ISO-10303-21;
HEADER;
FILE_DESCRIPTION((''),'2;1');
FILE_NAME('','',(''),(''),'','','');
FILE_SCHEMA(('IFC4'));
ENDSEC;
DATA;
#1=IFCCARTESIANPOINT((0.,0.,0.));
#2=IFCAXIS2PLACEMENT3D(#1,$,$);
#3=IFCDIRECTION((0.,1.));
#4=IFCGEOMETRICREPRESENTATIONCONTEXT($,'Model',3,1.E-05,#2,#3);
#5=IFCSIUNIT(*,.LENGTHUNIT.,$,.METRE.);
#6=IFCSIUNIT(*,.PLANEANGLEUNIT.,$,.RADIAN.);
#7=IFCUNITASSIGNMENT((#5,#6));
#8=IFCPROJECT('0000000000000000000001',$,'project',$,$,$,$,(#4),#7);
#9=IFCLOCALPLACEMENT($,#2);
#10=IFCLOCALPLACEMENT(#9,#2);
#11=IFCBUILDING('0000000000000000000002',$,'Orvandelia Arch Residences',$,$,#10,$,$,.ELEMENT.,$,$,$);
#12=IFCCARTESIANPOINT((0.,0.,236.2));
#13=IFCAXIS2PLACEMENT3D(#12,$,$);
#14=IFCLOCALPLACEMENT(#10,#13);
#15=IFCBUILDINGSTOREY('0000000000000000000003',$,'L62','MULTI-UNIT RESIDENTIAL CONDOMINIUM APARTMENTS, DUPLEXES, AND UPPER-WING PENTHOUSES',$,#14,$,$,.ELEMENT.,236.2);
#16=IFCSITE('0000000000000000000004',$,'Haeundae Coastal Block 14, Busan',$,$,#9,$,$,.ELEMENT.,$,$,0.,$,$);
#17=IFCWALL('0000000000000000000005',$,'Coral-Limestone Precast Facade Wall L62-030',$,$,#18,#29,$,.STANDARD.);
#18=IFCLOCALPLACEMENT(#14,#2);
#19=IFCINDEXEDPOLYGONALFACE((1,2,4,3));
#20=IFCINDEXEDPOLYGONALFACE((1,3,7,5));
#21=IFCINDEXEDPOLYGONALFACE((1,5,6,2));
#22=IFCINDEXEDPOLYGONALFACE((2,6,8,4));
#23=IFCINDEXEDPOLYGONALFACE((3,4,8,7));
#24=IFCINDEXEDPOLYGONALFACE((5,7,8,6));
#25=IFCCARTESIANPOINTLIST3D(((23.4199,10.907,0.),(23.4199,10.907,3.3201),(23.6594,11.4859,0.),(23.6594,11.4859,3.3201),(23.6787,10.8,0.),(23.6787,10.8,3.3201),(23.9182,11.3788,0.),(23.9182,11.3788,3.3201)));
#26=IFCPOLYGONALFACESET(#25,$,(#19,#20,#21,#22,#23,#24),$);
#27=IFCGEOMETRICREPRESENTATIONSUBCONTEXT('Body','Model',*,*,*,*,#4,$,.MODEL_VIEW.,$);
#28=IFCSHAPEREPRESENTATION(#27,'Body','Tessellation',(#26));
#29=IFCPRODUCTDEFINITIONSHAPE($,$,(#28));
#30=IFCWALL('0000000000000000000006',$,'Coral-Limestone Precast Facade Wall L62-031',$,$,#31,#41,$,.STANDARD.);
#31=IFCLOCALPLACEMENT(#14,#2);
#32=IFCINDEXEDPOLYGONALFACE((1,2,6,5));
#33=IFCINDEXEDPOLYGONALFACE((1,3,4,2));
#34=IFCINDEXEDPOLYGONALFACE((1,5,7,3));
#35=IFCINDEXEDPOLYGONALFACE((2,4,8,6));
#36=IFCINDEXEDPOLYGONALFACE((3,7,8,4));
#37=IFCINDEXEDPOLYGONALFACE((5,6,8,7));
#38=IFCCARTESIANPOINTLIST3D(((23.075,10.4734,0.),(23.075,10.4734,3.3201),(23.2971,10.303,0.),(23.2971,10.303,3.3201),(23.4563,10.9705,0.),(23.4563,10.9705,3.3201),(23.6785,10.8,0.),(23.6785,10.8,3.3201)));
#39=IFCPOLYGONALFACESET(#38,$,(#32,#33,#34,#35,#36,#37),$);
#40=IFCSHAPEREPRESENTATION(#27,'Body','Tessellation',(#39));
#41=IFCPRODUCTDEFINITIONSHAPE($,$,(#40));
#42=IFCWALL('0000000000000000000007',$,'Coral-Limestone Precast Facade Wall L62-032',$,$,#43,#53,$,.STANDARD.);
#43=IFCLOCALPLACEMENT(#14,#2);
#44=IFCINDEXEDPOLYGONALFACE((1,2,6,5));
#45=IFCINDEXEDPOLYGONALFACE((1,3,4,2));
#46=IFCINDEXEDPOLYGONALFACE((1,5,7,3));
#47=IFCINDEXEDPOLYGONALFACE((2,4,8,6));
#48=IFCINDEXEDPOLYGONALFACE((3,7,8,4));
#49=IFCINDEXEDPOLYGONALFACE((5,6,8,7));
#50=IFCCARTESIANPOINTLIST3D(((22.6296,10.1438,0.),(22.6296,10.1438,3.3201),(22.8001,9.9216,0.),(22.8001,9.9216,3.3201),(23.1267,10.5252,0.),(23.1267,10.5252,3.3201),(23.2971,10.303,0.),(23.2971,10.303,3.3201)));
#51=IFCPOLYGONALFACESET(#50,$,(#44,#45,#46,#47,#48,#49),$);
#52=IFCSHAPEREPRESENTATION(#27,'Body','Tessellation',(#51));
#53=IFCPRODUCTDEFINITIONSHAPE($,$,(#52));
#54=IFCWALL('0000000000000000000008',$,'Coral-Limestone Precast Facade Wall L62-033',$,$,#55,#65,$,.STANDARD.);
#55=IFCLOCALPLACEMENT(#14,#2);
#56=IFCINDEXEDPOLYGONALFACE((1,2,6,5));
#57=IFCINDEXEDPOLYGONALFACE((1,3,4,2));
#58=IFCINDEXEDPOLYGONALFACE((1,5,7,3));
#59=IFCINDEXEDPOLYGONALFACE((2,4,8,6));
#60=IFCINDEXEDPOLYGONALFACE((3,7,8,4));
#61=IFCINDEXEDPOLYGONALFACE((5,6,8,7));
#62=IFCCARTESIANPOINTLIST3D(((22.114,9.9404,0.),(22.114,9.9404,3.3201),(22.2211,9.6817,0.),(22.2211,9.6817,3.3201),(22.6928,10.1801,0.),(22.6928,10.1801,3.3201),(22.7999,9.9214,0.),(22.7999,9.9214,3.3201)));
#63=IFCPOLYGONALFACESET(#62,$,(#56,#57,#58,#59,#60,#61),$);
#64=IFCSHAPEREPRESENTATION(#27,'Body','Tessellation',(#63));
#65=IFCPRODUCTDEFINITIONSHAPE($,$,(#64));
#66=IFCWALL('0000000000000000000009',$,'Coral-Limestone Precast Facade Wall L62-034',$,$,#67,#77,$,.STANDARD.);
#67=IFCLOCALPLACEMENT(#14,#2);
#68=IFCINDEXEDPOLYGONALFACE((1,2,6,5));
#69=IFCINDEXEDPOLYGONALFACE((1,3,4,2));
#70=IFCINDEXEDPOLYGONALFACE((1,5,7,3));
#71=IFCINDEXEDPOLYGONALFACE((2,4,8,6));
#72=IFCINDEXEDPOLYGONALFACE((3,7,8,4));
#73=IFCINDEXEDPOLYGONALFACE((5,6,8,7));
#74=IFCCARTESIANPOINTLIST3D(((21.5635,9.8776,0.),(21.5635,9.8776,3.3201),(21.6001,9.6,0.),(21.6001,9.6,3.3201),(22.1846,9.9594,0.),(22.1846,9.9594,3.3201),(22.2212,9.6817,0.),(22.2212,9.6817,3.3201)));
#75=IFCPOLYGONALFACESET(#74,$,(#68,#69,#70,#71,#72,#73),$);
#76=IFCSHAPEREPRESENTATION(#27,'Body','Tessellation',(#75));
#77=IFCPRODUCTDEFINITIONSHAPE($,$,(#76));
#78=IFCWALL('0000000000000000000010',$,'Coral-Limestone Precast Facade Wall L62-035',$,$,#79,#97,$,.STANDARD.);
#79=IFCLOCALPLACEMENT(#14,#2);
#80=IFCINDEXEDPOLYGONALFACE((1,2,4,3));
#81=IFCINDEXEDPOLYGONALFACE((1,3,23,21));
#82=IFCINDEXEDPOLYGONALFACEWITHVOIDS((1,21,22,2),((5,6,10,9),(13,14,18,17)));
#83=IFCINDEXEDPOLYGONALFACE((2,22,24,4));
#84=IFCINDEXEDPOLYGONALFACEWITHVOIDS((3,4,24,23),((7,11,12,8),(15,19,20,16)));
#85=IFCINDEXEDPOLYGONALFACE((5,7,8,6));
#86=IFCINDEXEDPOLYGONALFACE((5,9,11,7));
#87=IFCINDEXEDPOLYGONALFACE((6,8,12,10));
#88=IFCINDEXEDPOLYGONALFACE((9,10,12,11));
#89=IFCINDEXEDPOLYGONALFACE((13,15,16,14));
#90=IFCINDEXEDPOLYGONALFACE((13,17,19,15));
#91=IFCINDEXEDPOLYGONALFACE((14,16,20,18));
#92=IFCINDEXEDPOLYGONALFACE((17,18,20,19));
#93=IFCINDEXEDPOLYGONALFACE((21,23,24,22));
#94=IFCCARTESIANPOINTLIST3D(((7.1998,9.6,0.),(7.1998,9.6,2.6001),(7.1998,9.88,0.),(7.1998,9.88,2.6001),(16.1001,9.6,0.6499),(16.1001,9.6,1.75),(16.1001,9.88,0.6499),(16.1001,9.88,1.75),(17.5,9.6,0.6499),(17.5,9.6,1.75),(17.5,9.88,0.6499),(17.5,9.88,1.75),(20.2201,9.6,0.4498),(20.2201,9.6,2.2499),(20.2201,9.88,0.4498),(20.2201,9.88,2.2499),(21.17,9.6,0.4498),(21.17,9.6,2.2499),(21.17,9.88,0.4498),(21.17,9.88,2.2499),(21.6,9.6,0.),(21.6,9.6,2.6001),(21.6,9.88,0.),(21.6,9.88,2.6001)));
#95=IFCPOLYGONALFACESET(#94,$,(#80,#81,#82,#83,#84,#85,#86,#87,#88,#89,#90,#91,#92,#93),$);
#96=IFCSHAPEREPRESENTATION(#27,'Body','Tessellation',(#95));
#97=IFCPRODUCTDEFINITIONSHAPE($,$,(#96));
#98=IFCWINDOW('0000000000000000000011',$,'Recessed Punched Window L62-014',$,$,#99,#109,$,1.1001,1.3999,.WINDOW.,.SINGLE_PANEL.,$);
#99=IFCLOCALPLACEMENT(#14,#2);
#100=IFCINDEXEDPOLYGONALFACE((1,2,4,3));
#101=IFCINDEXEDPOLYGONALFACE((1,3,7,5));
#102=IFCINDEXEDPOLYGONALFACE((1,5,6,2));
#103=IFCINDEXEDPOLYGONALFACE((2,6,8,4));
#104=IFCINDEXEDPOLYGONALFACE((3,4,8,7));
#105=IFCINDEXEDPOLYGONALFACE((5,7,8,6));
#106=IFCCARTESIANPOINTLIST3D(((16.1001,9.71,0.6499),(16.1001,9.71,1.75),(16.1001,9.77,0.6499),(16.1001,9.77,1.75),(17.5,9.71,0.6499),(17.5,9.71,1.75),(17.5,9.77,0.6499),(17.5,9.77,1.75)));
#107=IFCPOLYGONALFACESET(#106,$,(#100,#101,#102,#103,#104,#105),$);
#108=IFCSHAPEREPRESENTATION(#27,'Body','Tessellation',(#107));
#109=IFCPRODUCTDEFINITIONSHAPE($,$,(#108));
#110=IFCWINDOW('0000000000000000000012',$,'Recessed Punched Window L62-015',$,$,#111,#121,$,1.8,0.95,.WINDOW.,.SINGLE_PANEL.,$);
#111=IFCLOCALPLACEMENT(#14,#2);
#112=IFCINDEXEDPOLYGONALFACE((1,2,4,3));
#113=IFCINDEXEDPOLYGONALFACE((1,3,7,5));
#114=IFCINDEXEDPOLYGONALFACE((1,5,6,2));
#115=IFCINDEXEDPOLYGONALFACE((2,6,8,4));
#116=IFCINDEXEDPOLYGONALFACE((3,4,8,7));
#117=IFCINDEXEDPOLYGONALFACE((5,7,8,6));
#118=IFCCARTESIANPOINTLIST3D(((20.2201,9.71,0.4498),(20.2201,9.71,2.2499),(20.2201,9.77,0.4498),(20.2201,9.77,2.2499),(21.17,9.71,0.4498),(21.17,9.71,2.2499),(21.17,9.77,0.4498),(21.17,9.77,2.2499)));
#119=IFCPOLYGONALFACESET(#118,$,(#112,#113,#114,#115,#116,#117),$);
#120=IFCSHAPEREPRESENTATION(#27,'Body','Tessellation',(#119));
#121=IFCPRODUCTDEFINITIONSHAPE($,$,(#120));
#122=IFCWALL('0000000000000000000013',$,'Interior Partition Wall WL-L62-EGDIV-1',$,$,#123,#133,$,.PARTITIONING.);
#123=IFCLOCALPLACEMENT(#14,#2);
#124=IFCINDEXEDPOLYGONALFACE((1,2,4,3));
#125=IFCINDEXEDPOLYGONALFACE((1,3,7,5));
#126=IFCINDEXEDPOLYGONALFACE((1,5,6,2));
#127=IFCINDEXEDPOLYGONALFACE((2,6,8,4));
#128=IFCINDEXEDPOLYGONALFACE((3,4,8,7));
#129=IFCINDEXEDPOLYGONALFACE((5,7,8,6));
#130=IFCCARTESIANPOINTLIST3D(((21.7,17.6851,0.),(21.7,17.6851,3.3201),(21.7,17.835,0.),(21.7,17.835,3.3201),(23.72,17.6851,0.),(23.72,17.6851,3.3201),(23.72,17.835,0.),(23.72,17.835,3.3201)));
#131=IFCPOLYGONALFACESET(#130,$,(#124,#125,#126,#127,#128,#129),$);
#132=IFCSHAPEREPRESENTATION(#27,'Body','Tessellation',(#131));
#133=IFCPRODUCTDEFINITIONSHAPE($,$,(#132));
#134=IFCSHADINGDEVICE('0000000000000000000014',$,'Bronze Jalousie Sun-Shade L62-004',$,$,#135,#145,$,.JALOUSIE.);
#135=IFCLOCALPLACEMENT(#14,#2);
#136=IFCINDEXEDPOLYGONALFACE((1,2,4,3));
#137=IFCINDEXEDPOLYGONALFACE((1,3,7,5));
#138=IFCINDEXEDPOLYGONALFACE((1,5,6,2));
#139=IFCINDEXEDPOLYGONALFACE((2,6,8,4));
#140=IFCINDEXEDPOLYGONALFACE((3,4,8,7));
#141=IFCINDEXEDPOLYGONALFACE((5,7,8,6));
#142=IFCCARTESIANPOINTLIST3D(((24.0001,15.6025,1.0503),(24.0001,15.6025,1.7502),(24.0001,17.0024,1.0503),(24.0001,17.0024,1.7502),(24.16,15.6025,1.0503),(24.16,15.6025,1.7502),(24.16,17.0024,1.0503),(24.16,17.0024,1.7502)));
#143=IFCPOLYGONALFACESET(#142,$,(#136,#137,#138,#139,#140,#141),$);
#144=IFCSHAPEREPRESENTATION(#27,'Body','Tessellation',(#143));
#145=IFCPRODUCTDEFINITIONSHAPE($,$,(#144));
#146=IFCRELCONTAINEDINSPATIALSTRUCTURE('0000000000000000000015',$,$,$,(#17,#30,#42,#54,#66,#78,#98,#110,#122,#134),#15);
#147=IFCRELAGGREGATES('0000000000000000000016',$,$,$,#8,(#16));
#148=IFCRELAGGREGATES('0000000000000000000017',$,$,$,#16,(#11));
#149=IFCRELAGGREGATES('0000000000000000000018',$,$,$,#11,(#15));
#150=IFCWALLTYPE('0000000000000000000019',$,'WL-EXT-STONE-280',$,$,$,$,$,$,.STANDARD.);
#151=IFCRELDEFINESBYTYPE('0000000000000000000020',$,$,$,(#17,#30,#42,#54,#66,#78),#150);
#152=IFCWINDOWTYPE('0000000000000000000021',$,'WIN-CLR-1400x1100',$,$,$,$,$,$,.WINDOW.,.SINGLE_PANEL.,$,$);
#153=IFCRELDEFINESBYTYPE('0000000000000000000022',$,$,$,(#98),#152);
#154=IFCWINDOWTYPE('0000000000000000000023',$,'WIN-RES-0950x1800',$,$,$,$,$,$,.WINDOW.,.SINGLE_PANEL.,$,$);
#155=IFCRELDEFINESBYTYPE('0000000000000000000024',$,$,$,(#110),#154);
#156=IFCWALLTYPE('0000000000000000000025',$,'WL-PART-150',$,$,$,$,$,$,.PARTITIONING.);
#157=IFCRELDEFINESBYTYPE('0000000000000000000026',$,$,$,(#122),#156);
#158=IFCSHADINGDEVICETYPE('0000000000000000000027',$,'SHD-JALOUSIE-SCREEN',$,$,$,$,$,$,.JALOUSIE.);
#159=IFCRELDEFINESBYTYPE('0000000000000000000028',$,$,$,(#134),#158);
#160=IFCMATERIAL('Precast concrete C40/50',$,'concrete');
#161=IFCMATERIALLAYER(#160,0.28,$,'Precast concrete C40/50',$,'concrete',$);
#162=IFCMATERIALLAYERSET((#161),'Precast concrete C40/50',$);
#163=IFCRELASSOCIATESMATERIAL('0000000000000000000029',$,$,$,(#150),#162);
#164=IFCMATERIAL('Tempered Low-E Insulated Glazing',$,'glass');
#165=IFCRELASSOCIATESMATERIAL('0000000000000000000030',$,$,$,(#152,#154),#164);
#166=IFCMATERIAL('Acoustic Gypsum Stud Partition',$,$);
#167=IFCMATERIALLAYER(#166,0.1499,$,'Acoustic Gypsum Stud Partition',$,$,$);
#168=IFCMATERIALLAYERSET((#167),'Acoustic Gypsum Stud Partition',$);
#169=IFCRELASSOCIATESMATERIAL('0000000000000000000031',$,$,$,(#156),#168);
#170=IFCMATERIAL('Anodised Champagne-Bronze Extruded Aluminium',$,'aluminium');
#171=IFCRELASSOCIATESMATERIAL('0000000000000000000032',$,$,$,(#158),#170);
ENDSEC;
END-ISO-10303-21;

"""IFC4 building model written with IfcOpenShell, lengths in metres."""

from ifc_helpers import new_model, si_unit, direction, frame, frame_2d, origin, origin_2d, place, context, subcontext, project, spatial, rectangle, extrude, material, layer, layer_set, type_object, element, fill, save


model = new_model("IFC4")

# Units and contexts
model_context = context("Model", 3, precision=1e-05, world=origin(), true_north=direction((0.0, 1.0)))
body_context = subcontext(model_context, "Body", "Model", "MODEL_VIEW")
ifc_project = project(units=[si_unit("LENGTHUNIT", "METRE"), si_unit("PLANEANGLEUNIT", "RADIAN")], contexts=[model_context])

# Site, building, storey
site_placement = place(None, origin())
site = spatial("IfcSite", under=ifc_project, at=site_placement, Name="Haeundae Coastal Block 14, Busan", CompositionType="ELEMENT", RefElevation=0.0)
building_placement = place(site_placement, origin())
building = spatial("IfcBuilding", under=site, at=building_placement, Name="Orvandelia Arch Residences", CompositionType="ELEMENT")
storey_placement = place(building_placement, frame((0.0, 0.0, 236.2)))
storey = spatial("IfcBuildingStorey", under=building, at=storey_placement, Name="L62", Description="MULTI-UNIT RESIDENTIAL CONDOMINIUM APARTMENTS, DUPLEXES, AND UPPER-WING PENTHOUSES", CompositionType="ELEMENT", Elevation=236.2)

# Walls
ifc_material_1 = material(Name="Precast concrete C40/50", Category="concrete")
ifc_layer_1 = layer(ifc_material_1, 0.28, Name="Precast concrete C40/50", Category="concrete")
ifc_layer_set_1 = layer_set([ifc_layer_1], Name="Precast concrete C40/50")
wall_type_1 = type_object("IfcWallType", Name="WL-EXT-STONE-280", PredefinedType="STANDARD", material=ifc_layer_set_1)
for number, where, z_axis, x_axis, name in (
    (1, (23.7888, 11.4324, 0.0), (0.0, 0.0, 1.0), (-0.382317, -0.924031, 0.0), "Coral-Limestone Precast Facade Wall L62-030"),
    (2, (23.5674, 10.8853, 0.0), (0.0, 0.0, 1.0), (-0.608693, -0.793406, 0.0), "Coral-Limestone Precast Facade Wall L62-031"),
    (3, (23.2119, 10.4141, 0.0), (0.0, 0.0, 1.0), (-0.793406, -0.608693, 0.0), "Coral-Limestone Precast Facade Wall L62-032"),
    (4, (22.7463, 10.0508, 0.0), (0.0, 0.0, 1.0), (-0.923893, -0.38265, 0.0), "Coral-Limestone Precast Facade Wall L62-033"),
    (5, (22.2029, 9.8206, 0.0), (0.0, 0.0, 1.0), (-0.991441, -0.130555, 0.0), "Coral-Limestone Precast Facade Wall L62-034"),
):
    element("IfcWall", number, at=place(storey_placement, frame(where, z_axis=z_axis, x_axis=x_axis)), inside=storey, type_object=wall_type_1, Name=name, PredefinedType="STANDARD", context=body_context, shape_type="SweptSolid", body=[
        extrude(rectangle(XDim=0.6265, YDim=0.28, at=frame_2d((0.3132, 0.0))), origin(), (0.0, 0.0, 1.0), 3.3201),
    ])

# Wall, openings, windows
wall_1_placement = place(storey_placement, frame((21.6001, 9.74, 0.0), z_axis=(0.0, 0.0, 1.0), x_axis=(-1.0, 0.0, 0.0)))
wall_1 = element("IfcWall", 6, at=wall_1_placement, inside=storey, type_object=wall_type_1, Name="Coral-Limestone Precast Facade Wall L62-035", PredefinedType="STANDARD", context=body_context, shape_type="SweptSolid", body=[
    extrude(rectangle(XDim=14.4001, YDim=0.28, at=frame_2d((7.2002, 0.0))), origin(), (0.0, 0.0, 1.0), 2.6001),
])
opening_1_placement = place(wall_1_placement, frame((4.1001, 0.0, 0.6499)))
opening_1 = element("IfcOpeningElement", 7, at=opening_1_placement, cuts=wall_1, PredefinedType="OPENING", context=body_context, shape_type="SweptSolid", body=[
    extrude(rectangle(XDim=1.3999, YDim=1.1001, at=frame_2d((0.7, 0.55))), frame((0.0, 0.1499, 0.0), z_axis=(0.0, -1.0, 0.0), x_axis=(1.0, 0.0, 0.0)), (0.0, 0.0, 1.0), 0.3),
])
opening_2_placement = place(wall_1_placement, frame((0.4299, 0.0, 0.45)))
opening_2 = element("IfcOpeningElement", 8, at=opening_2_placement, cuts=wall_1, PredefinedType="OPENING", context=body_context, shape_type="SweptSolid", body=[
    extrude(rectangle(XDim=0.95, YDim=1.8, at=frame_2d((0.4751, 0.8999))), frame((0.0, 0.1499, 0.0), z_axis=(0.0, -1.0, 0.0), x_axis=(1.0, 0.0, 0.0)), (0.0, 0.0, 1.0), 0.3),
])
ifc_material_2 = material(Name="Tempered Low-E Insulated Glazing", Category="glass")
window_type_1 = type_object("IfcWindowType", Name="WIN-CLR-1400x1100", PartitioningType="SINGLE_PANEL", PredefinedType="WINDOW", material=ifc_material_2)
window_1_placement = place(opening_1_placement, origin())
window_1 = element("IfcWindow", 9, at=window_1_placement, inside=storey, type_object=window_type_1, Name="Recessed Punched Window L62-014", OverallHeight=1.1001, OverallWidth=1.3999, PartitioningType="SINGLE_PANEL", PredefinedType="WINDOW", context=body_context, shape_type="SweptSolid", body=[
    extrude(rectangle(XDim=1.3999, YDim=1.1001, at=frame_2d((0.7, 0.55))), frame((0.0, 0.03, 0.0), z_axis=(0.0, -1.0, 0.0), x_axis=(1.0, 0.0, 0.0)), (0.0, 0.0, 1.0), 0.0601),
])
fill(opening_1, window_1)
window_type_2 = type_object("IfcWindowType", Name="WIN-RES-0950x1800", PartitioningType="SINGLE_PANEL", PredefinedType="WINDOW", material=ifc_material_2)
window_2_placement = place(opening_2_placement, origin())
window_2 = element("IfcWindow", 10, at=window_2_placement, inside=storey, type_object=window_type_2, Name="Recessed Punched Window L62-015", OverallHeight=1.8, OverallWidth=0.95, PartitioningType="SINGLE_PANEL", PredefinedType="WINDOW", context=body_context, shape_type="SweptSolid", body=[
    extrude(rectangle(XDim=0.95, YDim=1.8, at=frame_2d((0.4751, 0.8999))), frame((0.0, 0.03, 0.0), z_axis=(0.0, -1.0, 0.0), x_axis=(1.0, 0.0, 0.0)), (0.0, 0.0, 1.0), 0.0601),
])
fill(opening_2, window_2)

# Wall
ifc_material_3 = material(Name="Acoustic Gypsum Stud Partition")
ifc_layer_2 = layer(ifc_material_3, 0.1499, Name="Acoustic Gypsum Stud Partition")
ifc_layer_set_2 = layer_set([ifc_layer_2], Name="Acoustic Gypsum Stud Partition")
wall_type_2 = type_object("IfcWallType", Name="WL-PART-150", PredefinedType="PARTITIONING", material=ifc_layer_set_2)
wall_2_placement = place(storey_placement, frame((21.7, 17.76, 0.0), z_axis=(0.0, 0.0, 1.0), x_axis=(1.0, 0.0, 0.0)))
element("IfcWall", 11, at=wall_2_placement, inside=storey, type_object=wall_type_2, Name="Interior Partition Wall WL-L62-EGDIV-1", PredefinedType="PARTITIONING", context=body_context, shape_type="SweptSolid", body=[
    extrude(rectangle(XDim=2.02, YDim=0.1499, at=frame_2d((1.01, 0.0))), origin(), (0.0, 0.0, 1.0), 3.3201),
])

# Shading device
ifc_material_4 = material(Name="Anodised Champagne-Bronze Extruded Aluminium", Category="aluminium")
shading_device_type = type_object("IfcShadingDeviceType", Name="SHD-JALOUSIE-SCREEN", PredefinedType="JALOUSIE", material=ifc_material_4)
shading_device_placement = place(storey_placement, frame((24.0801, 16.3025, 1.0503), z_axis=(0.0, 0.0, 1.0), x_axis=(0.0, -1.0, 0.0)))
element("IfcShadingDevice", 12, at=shading_device_placement, inside=storey, type_object=shading_device_type, Name="Bronze Jalousie Sun-Shade L62-004", PredefinedType="JALOUSIE", context=body_context, shape_type="SweptSolid", body=[
    extrude(rectangle(XDim=1.3999, YDim=0.1599, at=origin_2d()), origin(), (0.0, 0.0, 1.0), 0.7),
])

save(model, "model.ifc")
